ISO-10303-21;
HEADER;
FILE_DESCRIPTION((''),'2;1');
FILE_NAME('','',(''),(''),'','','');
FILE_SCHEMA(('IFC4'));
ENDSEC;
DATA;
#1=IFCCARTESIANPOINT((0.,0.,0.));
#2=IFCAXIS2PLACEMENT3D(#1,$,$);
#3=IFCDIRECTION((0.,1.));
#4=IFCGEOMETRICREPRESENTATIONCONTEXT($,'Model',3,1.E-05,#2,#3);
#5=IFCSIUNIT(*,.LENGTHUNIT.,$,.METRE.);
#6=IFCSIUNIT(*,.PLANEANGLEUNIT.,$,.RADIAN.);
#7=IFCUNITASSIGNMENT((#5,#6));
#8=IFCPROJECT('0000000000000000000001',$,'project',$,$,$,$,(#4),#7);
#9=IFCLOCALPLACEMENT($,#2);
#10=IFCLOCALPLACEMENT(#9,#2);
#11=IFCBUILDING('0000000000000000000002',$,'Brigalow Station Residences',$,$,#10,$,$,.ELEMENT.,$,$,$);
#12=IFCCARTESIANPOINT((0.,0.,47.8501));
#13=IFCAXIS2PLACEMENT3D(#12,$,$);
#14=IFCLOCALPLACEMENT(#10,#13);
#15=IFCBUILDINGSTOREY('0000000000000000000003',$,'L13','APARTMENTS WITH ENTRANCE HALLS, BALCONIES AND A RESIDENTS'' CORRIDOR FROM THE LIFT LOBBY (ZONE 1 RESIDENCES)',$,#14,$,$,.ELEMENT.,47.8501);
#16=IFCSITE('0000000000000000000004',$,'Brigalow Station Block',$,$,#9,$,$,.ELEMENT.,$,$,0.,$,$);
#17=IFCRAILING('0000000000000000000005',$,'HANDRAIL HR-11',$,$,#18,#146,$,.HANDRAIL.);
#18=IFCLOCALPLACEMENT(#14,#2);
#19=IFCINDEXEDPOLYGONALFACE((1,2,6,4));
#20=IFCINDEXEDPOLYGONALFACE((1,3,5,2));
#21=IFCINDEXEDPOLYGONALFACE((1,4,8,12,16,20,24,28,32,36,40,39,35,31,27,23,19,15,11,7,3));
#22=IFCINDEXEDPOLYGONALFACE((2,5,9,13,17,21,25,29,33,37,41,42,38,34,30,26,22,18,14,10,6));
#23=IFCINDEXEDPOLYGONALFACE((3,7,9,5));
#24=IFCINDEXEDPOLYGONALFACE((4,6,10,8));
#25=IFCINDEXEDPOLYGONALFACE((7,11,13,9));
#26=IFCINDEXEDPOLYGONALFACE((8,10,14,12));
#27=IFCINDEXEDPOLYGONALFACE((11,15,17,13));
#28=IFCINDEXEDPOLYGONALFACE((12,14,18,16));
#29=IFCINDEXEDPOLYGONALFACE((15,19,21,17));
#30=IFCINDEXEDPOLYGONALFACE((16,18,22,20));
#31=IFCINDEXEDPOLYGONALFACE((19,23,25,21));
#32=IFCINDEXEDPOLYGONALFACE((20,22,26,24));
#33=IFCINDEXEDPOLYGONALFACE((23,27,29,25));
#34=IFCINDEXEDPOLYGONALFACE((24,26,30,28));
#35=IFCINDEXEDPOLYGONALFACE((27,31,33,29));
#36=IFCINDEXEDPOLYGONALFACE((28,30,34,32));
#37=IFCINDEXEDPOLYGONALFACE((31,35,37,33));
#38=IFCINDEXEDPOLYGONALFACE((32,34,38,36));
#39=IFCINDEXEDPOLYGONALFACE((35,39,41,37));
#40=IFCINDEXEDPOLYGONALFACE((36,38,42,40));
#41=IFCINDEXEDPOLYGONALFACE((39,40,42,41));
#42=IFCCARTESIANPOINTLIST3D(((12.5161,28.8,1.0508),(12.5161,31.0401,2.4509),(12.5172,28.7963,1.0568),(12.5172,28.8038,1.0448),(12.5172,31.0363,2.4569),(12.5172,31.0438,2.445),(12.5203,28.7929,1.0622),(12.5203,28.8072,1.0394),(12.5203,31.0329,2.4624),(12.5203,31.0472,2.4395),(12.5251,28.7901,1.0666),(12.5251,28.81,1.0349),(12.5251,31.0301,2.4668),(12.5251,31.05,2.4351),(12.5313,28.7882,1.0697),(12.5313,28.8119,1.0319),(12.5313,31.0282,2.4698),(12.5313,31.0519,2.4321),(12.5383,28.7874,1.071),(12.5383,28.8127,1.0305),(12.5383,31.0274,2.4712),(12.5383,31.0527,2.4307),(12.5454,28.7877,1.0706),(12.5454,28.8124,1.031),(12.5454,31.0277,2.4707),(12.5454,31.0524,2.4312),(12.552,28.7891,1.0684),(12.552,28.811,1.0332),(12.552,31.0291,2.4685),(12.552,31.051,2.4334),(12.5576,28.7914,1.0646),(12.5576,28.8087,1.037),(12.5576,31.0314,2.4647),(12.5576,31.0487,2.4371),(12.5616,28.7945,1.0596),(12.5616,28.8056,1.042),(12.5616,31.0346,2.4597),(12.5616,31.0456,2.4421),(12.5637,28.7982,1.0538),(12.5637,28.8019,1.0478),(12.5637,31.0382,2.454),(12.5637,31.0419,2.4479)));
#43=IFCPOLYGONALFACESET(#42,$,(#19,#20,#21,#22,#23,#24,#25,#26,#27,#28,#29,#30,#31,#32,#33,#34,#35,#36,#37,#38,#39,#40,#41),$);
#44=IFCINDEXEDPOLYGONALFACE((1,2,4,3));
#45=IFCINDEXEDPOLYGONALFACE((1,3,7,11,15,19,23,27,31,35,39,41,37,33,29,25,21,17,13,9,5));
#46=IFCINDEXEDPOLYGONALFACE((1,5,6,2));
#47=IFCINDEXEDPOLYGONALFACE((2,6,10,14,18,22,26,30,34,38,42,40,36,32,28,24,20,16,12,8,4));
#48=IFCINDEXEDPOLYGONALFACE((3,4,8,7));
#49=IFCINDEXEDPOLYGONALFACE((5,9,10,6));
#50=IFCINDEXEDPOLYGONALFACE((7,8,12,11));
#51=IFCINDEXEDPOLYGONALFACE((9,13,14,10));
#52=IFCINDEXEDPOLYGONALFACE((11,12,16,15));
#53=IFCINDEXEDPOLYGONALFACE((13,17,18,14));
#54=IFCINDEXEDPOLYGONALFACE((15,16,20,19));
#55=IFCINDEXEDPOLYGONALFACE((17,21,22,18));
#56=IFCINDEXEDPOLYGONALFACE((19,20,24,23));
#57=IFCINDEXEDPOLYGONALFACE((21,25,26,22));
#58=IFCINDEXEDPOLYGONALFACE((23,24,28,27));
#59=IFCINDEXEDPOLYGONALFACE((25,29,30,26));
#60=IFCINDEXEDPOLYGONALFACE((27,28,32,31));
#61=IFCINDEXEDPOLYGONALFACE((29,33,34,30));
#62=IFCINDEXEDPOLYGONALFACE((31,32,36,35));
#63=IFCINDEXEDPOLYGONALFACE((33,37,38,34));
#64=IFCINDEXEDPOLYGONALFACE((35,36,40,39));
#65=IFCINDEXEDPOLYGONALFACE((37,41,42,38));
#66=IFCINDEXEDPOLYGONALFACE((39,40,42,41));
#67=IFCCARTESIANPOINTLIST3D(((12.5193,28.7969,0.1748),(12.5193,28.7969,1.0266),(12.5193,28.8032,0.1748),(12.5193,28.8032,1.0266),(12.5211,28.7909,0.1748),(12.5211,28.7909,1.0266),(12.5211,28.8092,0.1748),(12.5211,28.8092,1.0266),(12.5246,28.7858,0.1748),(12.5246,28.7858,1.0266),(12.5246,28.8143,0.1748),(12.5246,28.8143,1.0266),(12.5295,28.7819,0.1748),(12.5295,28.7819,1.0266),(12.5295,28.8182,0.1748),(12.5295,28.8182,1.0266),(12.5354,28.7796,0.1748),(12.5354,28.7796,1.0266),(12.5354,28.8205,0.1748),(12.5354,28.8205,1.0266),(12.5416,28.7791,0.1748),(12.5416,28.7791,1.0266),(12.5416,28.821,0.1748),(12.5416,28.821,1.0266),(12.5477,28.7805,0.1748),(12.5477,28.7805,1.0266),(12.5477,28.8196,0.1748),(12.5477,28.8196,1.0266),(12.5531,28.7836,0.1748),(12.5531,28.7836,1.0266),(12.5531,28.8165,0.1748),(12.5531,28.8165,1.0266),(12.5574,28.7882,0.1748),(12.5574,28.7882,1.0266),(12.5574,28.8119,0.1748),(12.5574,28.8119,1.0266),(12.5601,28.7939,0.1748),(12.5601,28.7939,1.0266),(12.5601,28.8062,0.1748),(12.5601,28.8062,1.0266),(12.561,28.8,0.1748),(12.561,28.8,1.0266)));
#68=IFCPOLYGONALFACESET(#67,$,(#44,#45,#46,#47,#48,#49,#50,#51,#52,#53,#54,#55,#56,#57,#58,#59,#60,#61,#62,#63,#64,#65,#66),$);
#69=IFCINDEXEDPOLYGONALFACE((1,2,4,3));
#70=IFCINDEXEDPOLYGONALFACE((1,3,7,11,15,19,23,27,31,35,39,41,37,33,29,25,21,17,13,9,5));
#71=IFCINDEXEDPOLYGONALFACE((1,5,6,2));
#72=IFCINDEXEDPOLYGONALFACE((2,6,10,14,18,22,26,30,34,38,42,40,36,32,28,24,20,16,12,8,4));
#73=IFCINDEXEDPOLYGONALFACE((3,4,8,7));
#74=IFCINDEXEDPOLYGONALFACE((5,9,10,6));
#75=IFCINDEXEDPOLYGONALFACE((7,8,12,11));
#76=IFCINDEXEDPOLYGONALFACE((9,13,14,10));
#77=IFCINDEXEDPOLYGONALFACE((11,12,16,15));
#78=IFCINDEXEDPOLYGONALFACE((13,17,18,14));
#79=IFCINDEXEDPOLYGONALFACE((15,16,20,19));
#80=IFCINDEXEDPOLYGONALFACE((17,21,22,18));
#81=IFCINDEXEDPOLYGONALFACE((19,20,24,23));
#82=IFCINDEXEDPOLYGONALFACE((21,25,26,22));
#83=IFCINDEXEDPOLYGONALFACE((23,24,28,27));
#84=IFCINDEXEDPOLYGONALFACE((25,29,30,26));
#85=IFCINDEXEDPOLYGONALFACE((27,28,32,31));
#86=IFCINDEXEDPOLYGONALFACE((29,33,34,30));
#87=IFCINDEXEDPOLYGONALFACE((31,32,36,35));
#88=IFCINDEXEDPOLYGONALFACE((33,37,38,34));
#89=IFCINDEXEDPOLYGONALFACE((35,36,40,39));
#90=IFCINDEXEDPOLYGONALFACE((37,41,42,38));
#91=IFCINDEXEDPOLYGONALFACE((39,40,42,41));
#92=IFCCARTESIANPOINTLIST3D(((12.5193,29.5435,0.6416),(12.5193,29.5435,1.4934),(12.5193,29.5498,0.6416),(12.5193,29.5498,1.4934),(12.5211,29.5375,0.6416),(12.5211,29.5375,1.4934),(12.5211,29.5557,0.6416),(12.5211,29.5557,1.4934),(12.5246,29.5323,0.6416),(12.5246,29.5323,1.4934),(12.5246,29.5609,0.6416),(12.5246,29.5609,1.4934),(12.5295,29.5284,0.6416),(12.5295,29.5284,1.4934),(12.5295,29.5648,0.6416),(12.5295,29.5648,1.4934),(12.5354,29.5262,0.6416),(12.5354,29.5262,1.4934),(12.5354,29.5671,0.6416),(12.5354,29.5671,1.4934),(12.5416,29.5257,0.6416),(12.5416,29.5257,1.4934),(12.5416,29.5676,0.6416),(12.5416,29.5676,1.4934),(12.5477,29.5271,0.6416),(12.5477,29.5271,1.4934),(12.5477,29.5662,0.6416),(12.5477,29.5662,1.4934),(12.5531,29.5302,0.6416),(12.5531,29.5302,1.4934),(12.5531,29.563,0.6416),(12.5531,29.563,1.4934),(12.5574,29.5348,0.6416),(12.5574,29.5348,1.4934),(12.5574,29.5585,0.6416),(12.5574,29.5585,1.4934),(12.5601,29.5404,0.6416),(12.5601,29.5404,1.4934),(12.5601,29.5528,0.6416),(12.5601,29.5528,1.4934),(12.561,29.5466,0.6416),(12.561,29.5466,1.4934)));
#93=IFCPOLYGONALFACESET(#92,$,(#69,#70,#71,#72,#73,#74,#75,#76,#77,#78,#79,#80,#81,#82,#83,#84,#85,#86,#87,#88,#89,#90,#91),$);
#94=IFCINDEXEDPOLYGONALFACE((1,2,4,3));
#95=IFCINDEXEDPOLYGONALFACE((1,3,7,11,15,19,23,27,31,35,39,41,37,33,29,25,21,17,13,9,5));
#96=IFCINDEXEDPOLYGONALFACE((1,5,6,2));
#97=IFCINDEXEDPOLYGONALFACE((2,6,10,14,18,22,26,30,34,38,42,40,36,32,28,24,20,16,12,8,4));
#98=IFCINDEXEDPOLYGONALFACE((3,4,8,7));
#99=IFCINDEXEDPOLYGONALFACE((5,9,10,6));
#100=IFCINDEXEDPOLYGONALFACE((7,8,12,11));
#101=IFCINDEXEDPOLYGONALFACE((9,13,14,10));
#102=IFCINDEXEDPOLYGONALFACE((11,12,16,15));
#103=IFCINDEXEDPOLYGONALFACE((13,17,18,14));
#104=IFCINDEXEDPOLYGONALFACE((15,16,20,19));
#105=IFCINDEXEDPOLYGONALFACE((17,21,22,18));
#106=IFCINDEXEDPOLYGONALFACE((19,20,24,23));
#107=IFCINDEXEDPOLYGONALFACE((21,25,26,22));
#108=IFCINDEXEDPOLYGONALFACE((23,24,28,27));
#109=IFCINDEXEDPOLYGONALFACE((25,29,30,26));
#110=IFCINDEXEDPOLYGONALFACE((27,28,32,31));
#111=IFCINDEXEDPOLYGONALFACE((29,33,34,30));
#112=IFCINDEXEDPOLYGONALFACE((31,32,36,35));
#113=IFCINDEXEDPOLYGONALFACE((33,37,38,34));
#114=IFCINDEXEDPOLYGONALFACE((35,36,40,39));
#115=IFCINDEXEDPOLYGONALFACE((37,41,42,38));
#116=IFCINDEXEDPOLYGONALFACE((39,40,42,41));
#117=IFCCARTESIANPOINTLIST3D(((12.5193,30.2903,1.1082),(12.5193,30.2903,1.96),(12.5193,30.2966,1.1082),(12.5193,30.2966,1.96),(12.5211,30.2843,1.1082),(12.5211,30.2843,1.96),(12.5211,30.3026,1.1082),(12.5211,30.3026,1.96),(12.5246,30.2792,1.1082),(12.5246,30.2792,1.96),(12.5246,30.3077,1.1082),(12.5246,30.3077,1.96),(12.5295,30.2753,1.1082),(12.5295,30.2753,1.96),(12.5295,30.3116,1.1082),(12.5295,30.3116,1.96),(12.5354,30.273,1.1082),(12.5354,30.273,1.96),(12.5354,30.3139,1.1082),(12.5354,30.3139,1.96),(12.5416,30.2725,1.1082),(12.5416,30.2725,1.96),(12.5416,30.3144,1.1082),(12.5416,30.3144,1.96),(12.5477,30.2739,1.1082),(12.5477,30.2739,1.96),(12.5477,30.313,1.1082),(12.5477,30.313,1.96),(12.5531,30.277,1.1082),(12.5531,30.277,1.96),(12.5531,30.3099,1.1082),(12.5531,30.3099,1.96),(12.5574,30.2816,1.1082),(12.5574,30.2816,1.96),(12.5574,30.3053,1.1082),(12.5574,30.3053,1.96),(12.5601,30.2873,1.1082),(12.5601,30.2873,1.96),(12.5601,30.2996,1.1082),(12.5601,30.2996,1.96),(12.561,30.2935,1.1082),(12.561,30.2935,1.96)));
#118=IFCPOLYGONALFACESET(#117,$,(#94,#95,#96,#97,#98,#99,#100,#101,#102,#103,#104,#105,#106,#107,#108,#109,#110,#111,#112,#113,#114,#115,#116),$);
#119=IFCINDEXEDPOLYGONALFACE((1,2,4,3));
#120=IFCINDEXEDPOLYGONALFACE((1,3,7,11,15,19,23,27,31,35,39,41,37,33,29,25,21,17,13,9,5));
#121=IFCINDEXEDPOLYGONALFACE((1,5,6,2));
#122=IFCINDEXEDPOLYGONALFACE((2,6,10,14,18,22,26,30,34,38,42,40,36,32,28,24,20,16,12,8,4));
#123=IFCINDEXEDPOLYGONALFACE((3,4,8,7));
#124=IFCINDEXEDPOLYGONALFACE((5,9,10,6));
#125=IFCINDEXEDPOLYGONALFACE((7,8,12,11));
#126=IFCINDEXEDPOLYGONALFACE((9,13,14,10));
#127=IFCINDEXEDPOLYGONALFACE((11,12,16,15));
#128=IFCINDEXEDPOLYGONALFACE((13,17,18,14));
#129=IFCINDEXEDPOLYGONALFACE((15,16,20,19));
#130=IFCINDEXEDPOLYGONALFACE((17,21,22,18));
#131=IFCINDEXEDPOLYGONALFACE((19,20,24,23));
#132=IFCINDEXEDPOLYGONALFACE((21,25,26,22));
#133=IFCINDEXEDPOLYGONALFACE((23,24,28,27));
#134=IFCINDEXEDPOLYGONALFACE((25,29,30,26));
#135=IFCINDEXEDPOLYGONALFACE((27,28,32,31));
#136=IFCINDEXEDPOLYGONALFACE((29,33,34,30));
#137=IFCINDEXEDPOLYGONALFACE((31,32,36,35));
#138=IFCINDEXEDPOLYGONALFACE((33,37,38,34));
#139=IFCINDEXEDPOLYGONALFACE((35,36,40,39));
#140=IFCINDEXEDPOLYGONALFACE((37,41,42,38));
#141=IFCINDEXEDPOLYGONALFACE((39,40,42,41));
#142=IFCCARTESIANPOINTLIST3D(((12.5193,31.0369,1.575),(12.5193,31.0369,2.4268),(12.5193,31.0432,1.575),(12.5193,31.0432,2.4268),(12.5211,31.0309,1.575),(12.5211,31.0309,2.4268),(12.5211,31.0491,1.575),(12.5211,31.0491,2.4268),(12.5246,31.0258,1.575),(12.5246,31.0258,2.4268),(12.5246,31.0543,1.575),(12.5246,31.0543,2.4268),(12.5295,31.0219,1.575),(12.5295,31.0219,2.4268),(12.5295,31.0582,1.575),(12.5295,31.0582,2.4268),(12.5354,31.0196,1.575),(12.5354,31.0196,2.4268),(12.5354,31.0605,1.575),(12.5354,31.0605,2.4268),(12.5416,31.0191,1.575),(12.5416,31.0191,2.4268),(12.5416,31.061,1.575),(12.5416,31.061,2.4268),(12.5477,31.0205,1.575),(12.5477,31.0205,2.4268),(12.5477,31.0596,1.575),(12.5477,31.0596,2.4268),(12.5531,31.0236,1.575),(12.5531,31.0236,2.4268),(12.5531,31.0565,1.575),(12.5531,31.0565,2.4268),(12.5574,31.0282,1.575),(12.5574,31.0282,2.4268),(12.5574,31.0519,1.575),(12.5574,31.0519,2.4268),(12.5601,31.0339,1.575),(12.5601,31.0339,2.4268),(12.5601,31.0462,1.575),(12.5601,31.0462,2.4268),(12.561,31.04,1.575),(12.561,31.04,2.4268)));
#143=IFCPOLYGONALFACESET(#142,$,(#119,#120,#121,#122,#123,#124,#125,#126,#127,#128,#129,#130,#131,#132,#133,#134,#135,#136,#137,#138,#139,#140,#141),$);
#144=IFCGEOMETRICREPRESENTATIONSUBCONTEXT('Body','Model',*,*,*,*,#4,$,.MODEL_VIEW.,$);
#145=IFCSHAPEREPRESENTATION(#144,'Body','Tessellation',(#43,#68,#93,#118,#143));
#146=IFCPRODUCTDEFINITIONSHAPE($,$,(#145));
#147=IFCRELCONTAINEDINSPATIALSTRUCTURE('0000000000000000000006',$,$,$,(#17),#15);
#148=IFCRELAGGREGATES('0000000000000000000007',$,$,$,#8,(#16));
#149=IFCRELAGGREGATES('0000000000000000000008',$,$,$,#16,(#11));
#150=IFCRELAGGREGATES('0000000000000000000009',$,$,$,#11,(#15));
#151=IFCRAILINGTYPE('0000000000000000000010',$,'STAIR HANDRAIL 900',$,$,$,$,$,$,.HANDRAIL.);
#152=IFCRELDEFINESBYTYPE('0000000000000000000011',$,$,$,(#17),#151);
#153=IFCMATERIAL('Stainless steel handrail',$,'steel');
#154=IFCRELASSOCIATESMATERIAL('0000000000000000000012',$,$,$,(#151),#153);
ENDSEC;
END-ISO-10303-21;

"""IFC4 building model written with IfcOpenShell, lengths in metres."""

from ifc_helpers import new_model, si_unit, direction, frame, origin, origin_2d, place, context, subcontext, project, spatial, circle, extrude, material, type_object, element, save


model = new_model("IFC4")

# Units and contexts
model_context = context("Model", 3, precision=1e-05, world=origin(), true_north=direction((0.0, 1.0)))
body_context = subcontext(model_context, "Body", "Model", "MODEL_VIEW")
ifc_project = project(units=[si_unit("LENGTHUNIT", "METRE"), si_unit("PLANEANGLEUNIT", "RADIAN")], contexts=[model_context])

# Site, building, storey
site_placement = place(None, origin())
site = spatial("IfcSite", under=ifc_project, at=site_placement, Name="Brigalow Station Block", CompositionType="ELEMENT", RefElevation=0.0)
building_placement = place(site_placement, origin())
building = spatial("IfcBuilding", under=site, at=building_placement, Name="Brigalow Station Residences", CompositionType="ELEMENT")
storey_placement = place(building_placement, frame((0.0, 0.0, 47.8501)))
storey = spatial("IfcBuildingStorey", under=building, at=storey_placement, Name="L13", Description="APARTMENTS WITH ENTRANCE HALLS, BALCONIES AND A RESIDENTS' CORRIDOR FROM THE LIFT LOBBY (ZONE 1 RESIDENCES)", CompositionType="ELEMENT", Elevation=47.8501)

# Railing
ifc_material_1 = material(Name="Stainless steel handrail", Category="steel")
railing_type = type_object("IfcRailingType", Name="STAIR HANDRAIL 900", PredefinedType="HANDRAIL", material=ifc_material_1)
railing_placement = place(storey_placement, frame((12.54, 28.8, 0.1748)))
element("IfcRailing", 1, at=railing_placement, inside=storey, type_object=railing_type, Name="HANDRAIL HR-11", PredefinedType="HANDRAIL", context=body_context, shape_type="SweptSolid", body=[
    extrude(circle(Radius=0.0239, at=origin_2d()), frame((0.0, 0.0, 0.876), z_axis=(0.0, 0.847972, 0.53004), x_axis=(-1.0, 0.0, 0.0)), (0.0, 0.0, 1.0), 2.6416),
    extrude(circle(Radius=0.021, at=origin_2d()), origin(), (0.0, 0.0, 1.0), 0.8518),
    extrude(circle(Radius=0.021, at=origin_2d()), frame((0.0, 0.7466, 0.4668)), (0.0, 0.0, 1.0), 0.8518),
    extrude(circle(Radius=0.021, at=origin_2d()), frame((0.0, 1.4934, 0.9333)), (0.0, 0.0, 1.0), 0.8518),
    extrude(circle(Radius=0.021, at=origin_2d()), frame((0.0, 2.24, 1.4001)), (0.0, 0.0, 1.0), 0.8518),
])

save(model, "model.ifc")
